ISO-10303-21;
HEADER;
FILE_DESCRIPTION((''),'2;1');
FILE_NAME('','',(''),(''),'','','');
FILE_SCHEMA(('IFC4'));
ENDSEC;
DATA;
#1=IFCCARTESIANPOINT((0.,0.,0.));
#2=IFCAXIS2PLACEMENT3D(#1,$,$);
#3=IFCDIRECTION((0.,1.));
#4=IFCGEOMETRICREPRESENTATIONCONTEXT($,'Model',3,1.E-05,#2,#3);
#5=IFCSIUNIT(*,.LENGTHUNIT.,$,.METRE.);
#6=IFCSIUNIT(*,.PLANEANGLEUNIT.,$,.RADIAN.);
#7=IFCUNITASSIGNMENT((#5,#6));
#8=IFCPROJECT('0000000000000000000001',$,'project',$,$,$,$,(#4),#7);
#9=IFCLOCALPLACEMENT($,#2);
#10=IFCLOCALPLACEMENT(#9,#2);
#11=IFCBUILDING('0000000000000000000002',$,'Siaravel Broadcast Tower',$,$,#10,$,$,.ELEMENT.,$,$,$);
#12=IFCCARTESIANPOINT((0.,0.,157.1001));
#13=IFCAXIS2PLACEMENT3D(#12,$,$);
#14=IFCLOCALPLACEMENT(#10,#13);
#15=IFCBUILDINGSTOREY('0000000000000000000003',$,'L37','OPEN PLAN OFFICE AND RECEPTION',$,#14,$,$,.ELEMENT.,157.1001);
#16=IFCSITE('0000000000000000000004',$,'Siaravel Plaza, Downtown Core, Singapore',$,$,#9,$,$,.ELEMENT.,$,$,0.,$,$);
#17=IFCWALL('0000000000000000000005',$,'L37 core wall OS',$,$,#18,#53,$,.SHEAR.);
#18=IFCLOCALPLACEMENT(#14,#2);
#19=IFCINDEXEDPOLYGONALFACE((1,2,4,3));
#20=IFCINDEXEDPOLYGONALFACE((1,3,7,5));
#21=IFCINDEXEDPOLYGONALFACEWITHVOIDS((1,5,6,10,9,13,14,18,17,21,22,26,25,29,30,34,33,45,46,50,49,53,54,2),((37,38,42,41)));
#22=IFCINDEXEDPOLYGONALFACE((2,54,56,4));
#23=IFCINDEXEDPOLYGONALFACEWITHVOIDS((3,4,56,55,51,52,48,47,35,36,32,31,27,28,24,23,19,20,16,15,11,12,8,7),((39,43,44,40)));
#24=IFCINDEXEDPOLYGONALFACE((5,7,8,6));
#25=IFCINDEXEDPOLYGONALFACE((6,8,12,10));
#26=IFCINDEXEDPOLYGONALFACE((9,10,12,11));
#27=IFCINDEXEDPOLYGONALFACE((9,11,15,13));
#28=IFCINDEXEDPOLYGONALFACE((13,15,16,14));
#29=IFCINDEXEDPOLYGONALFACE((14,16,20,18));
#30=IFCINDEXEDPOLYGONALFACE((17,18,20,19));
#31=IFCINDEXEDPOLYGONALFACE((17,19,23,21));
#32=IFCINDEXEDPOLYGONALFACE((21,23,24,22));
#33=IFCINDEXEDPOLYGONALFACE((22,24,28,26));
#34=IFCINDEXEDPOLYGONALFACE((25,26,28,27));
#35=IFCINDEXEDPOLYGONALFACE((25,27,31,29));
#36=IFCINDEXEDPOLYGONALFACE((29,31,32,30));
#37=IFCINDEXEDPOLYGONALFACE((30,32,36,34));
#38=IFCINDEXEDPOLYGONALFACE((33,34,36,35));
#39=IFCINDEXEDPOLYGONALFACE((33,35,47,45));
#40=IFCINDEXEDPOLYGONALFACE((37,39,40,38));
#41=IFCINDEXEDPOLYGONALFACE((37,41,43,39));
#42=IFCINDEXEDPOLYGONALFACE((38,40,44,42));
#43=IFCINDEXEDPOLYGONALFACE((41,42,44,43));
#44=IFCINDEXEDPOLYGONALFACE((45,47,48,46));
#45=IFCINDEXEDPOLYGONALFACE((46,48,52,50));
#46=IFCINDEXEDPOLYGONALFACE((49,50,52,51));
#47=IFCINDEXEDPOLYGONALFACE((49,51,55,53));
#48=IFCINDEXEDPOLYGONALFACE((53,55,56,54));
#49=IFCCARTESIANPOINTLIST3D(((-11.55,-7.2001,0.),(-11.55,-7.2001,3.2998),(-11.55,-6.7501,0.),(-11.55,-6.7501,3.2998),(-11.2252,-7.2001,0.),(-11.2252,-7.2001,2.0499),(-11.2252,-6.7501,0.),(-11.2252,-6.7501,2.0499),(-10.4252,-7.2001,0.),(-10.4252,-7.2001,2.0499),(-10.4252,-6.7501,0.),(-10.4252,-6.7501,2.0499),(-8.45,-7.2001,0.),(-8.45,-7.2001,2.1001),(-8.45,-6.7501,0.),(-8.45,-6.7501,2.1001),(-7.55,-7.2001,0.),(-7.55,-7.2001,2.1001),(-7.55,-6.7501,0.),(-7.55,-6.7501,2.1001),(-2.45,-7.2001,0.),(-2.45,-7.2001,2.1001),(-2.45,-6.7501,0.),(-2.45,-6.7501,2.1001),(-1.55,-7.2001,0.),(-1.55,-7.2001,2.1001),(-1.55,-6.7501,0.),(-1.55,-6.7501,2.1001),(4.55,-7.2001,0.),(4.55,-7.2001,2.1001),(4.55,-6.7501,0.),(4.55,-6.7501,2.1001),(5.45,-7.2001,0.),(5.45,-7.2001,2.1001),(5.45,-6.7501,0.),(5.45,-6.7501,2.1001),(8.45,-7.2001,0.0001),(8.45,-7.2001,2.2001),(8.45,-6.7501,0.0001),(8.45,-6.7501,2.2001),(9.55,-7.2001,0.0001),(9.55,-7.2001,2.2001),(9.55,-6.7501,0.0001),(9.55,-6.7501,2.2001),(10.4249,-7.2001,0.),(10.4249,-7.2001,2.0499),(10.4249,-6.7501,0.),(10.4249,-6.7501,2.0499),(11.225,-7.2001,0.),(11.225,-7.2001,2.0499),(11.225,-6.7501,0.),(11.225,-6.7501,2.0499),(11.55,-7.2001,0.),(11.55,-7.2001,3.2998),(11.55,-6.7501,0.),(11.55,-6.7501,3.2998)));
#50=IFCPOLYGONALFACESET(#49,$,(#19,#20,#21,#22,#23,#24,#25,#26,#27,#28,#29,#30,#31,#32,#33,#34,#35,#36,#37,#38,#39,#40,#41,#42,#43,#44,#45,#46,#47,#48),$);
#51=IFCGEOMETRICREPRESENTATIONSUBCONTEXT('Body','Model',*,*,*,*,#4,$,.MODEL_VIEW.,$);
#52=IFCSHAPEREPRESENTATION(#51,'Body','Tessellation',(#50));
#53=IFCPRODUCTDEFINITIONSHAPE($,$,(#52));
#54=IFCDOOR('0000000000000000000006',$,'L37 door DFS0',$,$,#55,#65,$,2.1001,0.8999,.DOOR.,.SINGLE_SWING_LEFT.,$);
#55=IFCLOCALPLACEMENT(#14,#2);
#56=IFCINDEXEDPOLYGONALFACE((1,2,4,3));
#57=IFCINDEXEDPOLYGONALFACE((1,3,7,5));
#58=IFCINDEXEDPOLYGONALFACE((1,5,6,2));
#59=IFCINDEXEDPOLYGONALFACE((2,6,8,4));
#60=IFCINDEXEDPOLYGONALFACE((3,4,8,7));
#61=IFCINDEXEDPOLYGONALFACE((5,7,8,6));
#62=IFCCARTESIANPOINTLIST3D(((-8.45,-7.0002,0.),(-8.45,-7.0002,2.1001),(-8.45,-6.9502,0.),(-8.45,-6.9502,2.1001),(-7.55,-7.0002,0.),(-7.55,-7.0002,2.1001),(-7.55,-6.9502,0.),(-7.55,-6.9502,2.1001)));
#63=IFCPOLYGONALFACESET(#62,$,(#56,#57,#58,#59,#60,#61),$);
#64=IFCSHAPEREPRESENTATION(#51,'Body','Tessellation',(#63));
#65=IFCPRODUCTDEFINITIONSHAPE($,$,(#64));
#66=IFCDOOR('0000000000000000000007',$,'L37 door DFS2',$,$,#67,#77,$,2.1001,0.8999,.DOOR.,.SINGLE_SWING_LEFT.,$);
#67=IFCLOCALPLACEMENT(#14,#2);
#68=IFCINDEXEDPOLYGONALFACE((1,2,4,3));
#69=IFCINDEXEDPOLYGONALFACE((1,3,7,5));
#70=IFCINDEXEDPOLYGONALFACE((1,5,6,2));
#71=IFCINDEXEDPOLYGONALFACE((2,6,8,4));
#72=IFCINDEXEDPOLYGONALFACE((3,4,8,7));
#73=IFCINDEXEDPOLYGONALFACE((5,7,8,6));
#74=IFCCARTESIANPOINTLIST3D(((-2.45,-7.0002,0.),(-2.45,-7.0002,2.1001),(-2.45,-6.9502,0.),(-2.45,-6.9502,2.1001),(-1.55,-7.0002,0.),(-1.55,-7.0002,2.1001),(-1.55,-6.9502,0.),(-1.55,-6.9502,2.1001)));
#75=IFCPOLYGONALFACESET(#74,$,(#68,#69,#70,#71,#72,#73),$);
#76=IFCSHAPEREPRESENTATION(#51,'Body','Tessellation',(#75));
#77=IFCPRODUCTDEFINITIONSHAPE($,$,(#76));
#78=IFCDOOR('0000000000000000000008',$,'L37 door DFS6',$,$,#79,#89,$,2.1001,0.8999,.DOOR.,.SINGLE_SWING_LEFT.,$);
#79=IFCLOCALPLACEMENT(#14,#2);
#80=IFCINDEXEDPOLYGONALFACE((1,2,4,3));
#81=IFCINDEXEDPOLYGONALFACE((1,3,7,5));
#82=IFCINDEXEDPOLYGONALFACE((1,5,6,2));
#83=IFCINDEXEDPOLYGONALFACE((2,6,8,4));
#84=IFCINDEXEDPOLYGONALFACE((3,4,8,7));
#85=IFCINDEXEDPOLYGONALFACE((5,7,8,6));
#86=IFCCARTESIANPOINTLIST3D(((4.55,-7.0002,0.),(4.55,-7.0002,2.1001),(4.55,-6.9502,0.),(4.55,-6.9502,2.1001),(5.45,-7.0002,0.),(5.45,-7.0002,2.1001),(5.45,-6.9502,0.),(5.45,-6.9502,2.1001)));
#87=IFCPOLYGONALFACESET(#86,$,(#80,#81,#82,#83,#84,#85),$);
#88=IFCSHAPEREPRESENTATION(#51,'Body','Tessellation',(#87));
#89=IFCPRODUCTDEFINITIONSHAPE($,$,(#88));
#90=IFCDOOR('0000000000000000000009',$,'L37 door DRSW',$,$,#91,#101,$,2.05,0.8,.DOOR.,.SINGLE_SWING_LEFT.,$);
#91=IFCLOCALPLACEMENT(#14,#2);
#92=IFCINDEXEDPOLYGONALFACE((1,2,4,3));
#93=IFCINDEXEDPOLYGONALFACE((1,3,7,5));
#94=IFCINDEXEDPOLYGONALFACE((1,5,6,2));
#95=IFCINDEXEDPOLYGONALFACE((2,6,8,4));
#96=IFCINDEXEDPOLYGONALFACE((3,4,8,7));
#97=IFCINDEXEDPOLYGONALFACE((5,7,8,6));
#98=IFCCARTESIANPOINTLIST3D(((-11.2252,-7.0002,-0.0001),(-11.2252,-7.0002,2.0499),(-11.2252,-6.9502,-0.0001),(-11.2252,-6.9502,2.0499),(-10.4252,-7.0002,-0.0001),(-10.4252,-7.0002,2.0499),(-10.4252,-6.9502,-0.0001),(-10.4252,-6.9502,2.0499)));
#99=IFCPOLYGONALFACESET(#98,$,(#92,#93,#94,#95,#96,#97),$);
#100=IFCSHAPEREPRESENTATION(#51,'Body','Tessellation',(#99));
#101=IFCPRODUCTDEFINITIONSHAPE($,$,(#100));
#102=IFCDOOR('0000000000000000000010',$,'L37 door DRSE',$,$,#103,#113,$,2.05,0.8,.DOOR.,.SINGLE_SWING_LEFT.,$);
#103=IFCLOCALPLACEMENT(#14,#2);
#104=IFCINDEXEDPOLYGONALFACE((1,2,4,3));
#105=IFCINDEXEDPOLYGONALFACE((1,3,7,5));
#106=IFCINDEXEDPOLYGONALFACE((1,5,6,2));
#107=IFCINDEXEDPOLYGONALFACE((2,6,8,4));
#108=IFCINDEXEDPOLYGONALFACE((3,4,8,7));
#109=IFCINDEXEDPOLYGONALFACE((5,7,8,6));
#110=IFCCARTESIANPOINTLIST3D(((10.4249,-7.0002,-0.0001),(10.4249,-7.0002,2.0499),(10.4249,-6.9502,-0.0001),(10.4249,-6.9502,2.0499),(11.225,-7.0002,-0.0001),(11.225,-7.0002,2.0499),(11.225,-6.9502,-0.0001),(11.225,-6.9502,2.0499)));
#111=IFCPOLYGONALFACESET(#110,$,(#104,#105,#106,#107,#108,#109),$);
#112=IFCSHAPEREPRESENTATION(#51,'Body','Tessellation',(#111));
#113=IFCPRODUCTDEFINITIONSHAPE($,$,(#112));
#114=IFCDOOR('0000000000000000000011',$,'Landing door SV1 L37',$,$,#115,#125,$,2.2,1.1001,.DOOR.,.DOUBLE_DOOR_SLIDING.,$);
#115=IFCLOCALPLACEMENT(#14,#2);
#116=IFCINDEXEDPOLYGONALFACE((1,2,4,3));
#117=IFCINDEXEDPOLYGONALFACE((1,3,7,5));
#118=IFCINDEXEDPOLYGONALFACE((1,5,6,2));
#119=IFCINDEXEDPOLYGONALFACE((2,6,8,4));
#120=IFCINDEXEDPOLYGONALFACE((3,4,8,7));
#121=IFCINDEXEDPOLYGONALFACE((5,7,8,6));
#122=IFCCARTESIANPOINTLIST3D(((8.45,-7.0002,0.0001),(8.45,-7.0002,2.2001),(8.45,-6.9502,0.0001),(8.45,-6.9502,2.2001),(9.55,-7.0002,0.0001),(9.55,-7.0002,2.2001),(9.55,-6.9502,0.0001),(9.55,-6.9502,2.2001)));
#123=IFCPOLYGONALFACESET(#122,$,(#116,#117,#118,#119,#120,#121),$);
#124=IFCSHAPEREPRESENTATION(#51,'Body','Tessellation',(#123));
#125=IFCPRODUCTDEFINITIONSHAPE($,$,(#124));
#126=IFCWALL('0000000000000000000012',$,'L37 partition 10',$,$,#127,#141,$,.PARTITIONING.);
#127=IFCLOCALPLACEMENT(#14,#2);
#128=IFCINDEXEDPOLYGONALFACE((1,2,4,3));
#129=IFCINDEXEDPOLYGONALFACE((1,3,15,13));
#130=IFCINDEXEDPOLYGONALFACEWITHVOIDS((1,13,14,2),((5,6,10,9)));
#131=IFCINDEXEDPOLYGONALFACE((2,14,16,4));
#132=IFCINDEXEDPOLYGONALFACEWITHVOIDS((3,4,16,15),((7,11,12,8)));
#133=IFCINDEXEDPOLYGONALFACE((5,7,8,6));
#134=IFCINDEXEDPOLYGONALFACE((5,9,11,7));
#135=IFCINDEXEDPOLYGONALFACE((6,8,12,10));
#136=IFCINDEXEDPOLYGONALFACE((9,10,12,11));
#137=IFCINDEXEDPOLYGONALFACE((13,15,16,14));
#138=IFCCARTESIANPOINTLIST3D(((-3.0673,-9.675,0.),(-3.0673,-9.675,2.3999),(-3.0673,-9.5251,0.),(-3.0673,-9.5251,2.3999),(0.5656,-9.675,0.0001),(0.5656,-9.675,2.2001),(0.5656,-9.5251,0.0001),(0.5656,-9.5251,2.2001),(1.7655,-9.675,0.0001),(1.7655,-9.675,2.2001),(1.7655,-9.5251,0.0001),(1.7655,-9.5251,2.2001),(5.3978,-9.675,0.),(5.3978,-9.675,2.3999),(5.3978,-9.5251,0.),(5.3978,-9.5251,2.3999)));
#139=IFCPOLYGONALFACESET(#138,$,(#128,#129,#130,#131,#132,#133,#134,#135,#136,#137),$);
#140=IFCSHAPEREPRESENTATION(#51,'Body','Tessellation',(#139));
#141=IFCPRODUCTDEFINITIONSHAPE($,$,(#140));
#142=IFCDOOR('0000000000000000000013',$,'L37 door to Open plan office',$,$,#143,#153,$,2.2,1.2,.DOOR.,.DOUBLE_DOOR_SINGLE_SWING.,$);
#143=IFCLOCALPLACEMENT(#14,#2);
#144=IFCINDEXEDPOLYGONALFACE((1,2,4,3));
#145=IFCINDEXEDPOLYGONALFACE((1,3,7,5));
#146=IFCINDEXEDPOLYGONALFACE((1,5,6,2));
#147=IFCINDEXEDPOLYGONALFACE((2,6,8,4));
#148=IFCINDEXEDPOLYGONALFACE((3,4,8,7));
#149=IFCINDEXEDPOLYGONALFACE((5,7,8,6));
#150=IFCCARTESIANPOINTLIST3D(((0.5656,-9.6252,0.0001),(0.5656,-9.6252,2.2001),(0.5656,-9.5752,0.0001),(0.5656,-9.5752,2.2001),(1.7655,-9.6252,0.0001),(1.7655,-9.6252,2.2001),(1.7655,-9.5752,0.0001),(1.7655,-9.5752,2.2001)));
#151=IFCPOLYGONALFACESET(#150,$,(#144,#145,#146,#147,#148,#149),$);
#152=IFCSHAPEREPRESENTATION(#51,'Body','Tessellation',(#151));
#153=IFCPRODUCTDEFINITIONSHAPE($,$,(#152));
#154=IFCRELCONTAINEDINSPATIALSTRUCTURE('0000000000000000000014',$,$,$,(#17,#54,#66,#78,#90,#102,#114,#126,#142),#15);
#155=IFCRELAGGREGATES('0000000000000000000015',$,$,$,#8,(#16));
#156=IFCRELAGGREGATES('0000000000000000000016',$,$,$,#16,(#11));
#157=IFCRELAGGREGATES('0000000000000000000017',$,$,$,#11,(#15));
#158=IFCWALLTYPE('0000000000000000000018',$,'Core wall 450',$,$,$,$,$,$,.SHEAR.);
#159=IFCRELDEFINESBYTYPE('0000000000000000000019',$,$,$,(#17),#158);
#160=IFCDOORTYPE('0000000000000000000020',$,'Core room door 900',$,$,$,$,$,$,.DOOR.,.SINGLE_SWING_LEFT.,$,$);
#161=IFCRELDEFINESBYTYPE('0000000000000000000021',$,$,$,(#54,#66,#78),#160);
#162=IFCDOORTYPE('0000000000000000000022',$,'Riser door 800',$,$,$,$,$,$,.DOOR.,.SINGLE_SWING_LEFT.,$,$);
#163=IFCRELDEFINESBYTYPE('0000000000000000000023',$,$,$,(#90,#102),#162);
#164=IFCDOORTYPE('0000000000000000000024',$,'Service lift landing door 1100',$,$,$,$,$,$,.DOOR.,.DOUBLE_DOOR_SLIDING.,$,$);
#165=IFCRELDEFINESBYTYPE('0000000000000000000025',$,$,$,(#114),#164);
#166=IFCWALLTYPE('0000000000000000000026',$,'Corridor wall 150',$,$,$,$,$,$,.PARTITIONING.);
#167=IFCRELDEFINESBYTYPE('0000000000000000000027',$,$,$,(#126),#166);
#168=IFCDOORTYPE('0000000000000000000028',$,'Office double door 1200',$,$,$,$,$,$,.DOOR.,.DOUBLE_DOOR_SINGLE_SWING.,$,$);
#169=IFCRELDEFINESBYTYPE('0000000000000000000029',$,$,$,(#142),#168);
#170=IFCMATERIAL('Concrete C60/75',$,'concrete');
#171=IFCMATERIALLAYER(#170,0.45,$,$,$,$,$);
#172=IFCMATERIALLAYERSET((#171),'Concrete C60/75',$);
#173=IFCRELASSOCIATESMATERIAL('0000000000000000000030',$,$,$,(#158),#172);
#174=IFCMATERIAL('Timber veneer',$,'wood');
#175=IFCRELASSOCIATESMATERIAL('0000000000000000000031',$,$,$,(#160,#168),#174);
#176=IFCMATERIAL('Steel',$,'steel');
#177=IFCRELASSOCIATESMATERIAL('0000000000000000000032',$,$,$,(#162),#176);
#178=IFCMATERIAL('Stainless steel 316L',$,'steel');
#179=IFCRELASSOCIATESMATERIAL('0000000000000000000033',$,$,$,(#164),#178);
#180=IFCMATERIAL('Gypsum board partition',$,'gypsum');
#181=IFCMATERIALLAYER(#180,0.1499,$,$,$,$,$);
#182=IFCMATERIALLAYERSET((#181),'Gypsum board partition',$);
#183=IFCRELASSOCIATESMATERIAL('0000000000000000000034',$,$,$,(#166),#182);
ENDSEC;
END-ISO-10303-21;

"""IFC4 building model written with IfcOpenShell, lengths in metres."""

from ifc_helpers import new_model, si_unit, direction, frame, frame_2d, origin, place, context, subcontext, project, spatial, rectangle, extrude, material, layer, layer_set, type_object, element, fill, save


model = new_model("IFC4")

# Units and contexts
model_context = context("Model", 3, precision=1e-05, world=origin(), true_north=direction((0.0, 1.0)))
body_context = subcontext(model_context, "Body", "Model", "MODEL_VIEW")
ifc_project = project(units=[si_unit("LENGTHUNIT", "METRE"), si_unit("PLANEANGLEUNIT", "RADIAN")], contexts=[model_context])

# Site, building, storey
site_placement = place(None, origin())
site = spatial("IfcSite", under=ifc_project, at=site_placement, Name="Siaravel Plaza, Downtown Core, Singapore", CompositionType="ELEMENT", RefElevation=0.0)
building_placement = place(site_placement, origin())
building = spatial("IfcBuilding", under=site, at=building_placement, Name="Siaravel Broadcast Tower", CompositionType="ELEMENT")
storey_placement = place(building_placement, frame((0.0, 0.0, 157.1001)))
storey = spatial("IfcBuildingStorey", under=building, at=storey_placement, Name="L37", Description="OPEN PLAN OFFICE AND RECEPTION", CompositionType="ELEMENT", Elevation=157.1001)

# Shared definitions
ifc_material_1 = material(Name="Concrete C60/75", Category="concrete")

# Shared definitions
ifc_layer_1 = layer(ifc_material_1, 0.45)
ifc_layer_set_1 = layer_set([ifc_layer_1], Name="Concrete C60/75")
wall_type_1 = type_object("IfcWallType", Name="Core wall 450", PredefinedType="SHEAR", material=ifc_layer_set_1)
ifc_material_2 = material(Name="Steel", Category="steel")

# Wall, openings, doors
wall_1_placement = place(storey_placement, frame((-11.55, -6.9751, 0.0), z_axis=(0.0, 0.0, 1.0), x_axis=(1.0, 0.0, 0.0)))
wall_1 = element("IfcWall", 1, at=wall_1_placement, inside=storey, type_object=wall_type_1, Name="L37 core wall OS", PredefinedType="SHEAR", context=body_context, shape_type="SweptSolid", body=[
    extrude(rectangle(XDim=23.1001, YDim=0.45, at=frame_2d((11.55, 0.0))), origin(), (0.0, 0.0, 1.0), 3.2998),
])
opening_1_placement = place(wall_1_placement, frame((20.0, 0.0, 0.0)))
opening_1 = element("IfcOpeningElement", 2, at=opening_1_placement, cuts=wall_1, PredefinedType="OPENING", context=body_context, shape_type="SweptSolid", body=[
    extrude(rectangle(XDim=1.1001, YDim=2.2, at=frame_2d((0.55, 1.1001))), frame((0.0, 0.2349, 0.0), z_axis=(0.0, -1.0, 0.0), x_axis=(1.0, 0.0, 0.0)), (0.0, 0.0, 1.0), 0.47),
])
opening_2_placement = place(wall_1_placement, frame((3.1001, 0.0, 0.0)))
opening_2 = element("IfcOpeningElement", 3, at=opening_2_placement, cuts=wall_1, PredefinedType="OPENING", context=body_context, shape_type="SweptSolid", body=[
    extrude(rectangle(XDim=0.8999, YDim=2.1001, at=frame_2d((0.45, 1.05))), frame((0.0, 0.2349, 0.0), z_axis=(0.0, -1.0, 0.0), x_axis=(1.0, 0.0, 0.0)), (0.0, 0.0, 1.0), 0.47),
])
opening_3_placement = place(wall_1_placement, frame((9.1001, 0.0, 0.0)))
opening_3 = element("IfcOpeningElement", 4, at=opening_3_placement, cuts=wall_1, PredefinedType="OPENING", context=body_context, shape_type="SweptSolid", body=[
    extrude(rectangle(XDim=0.8999, YDim=2.1001, at=frame_2d((0.45, 1.05))), frame((0.0, 0.2349, 0.0), z_axis=(0.0, -1.0, 0.0), x_axis=(1.0, 0.0, 0.0)), (0.0, 0.0, 1.0), 0.47),
])
opening_4_placement = place(wall_1_placement, frame((16.1001, 0.0, 0.0)))
opening_4 = element("IfcOpeningElement", 5, at=opening_4_placement, cuts=wall_1, PredefinedType="OPENING", context=body_context, shape_type="SweptSolid", body=[
    extrude(rectangle(XDim=0.8999, YDim=2.1001, at=frame_2d((0.45, 1.05))), frame((0.0, 0.2349, 0.0), z_axis=(0.0, -1.0, 0.0), x_axis=(1.0, 0.0, 0.0)), (0.0, 0.0, 1.0), 0.47),
])
opening_5_placement = place(wall_1_placement, frame((0.325, 0.0, 0.0)))
opening_5 = element("IfcOpeningElement", 6, at=opening_5_placement, cuts=wall_1, PredefinedType="OPENING", context=body_context, shape_type="SweptSolid", body=[
    extrude(rectangle(XDim=0.8, YDim=2.05, at=frame_2d((0.3999, 1.0249))), frame((0.0, 0.2349, 0.0), z_axis=(0.0, -1.0, 0.0), x_axis=(1.0, 0.0, 0.0)), (0.0, 0.0, 1.0), 0.47),
])
opening_6_placement = place(wall_1_placement, frame((21.9751, 0.0, 0.0)))
opening_6 = element("IfcOpeningElement", 7, at=opening_6_placement, cuts=wall_1, PredefinedType="OPENING", context=body_context, shape_type="SweptSolid", body=[
    extrude(rectangle(XDim=0.8, YDim=2.05, at=frame_2d((0.3999, 1.0249))), frame((0.0, 0.2349, 0.0), z_axis=(0.0, -1.0, 0.0), x_axis=(1.0, 0.0, 0.0)), (0.0, 0.0, 1.0), 0.47),
])
ifc_material_3 = material(Name="Timber veneer", Category="wood")
door_type_1 = type_object("IfcDoorType", Name="Core room door 900", OperationType="SINGLE_SWING_LEFT", PredefinedType="DOOR", material=ifc_material_3)
door_1_placement = place(opening_2_placement, origin())
door_1 = element("IfcDoor", 8, at=door_1_placement, inside=storey, type_object=door_type_1, Name="L37 door DFS0", OperationType="SINGLE_SWING_LEFT", OverallHeight=2.1001, OverallWidth=0.8999, PredefinedType="DOOR", context=body_context, shape_type="SweptSolid", body=[
    extrude(rectangle(XDim=0.8999, YDim=2.1001, at=frame_2d((0.45, 1.05))), frame((0.0, 0.0249, 0.0), z_axis=(0.0, -1.0, 0.0), x_axis=(1.0, 0.0, 0.0)), (0.0, 0.0, 1.0), 0.05),
])
fill(opening_2, door_1)
door_2_placement = place(opening_3_placement, origin())
door_2 = element("IfcDoor", 9, at=door_2_placement, inside=storey, type_object=door_type_1, Name="L37 door DFS2", OperationType="SINGLE_SWING_LEFT", OverallHeight=2.1001, OverallWidth=0.8999, PredefinedType="DOOR", context=body_context, shape_type="SweptSolid", body=[
    extrude(rectangle(XDim=0.8999, YDim=2.1001, at=frame_2d((0.45, 1.05))), frame((0.0, 0.0249, 0.0), z_axis=(0.0, -1.0, 0.0), x_axis=(1.0, 0.0, 0.0)), (0.0, 0.0, 1.0), 0.05),
])
fill(opening_3, door_2)
door_3_placement = place(opening_4_placement, origin())
door_3 = element("IfcDoor", 10, at=door_3_placement, inside=storey, type_object=door_type_1, Name="L37 door DFS6", OperationType="SINGLE_SWING_LEFT", OverallHeight=2.1001, OverallWidth=0.8999, PredefinedType="DOOR", context=body_context, shape_type="SweptSolid", body=[
    extrude(rectangle(XDim=0.8999, YDim=2.1001, at=frame_2d((0.45, 1.05))), frame((0.0, 0.0249, 0.0), z_axis=(0.0, -1.0, 0.0), x_axis=(1.0, 0.0, 0.0)), (0.0, 0.0, 1.0), 0.05),
])
fill(opening_4, door_3)
door_type_2 = type_object("IfcDoorType", Name="Riser door 800", OperationType="SINGLE_SWING_LEFT", PredefinedType="DOOR", material=ifc_material_2)
door_4_placement = place(opening_5_placement, origin())
door_4 = element("IfcDoor", 11, at=door_4_placement, inside=storey, type_object=door_type_2, Name="L37 door DRSW", OperationType="SINGLE_SWING_LEFT", OverallHeight=2.05, OverallWidth=0.8, PredefinedType="DOOR", context=body_context, shape_type="SweptSolid", body=[
    extrude(rectangle(XDim=0.8, YDim=2.05, at=frame_2d((0.3999, 1.0249))), frame((0.0, 0.0249, 0.0), z_axis=(0.0, -1.0, 0.0), x_axis=(1.0, 0.0, 0.0)), (0.0, 0.0, 1.0), 0.05),
])
fill(opening_5, door_4)
door_5_placement = place(opening_6_placement, origin())
door_5 = element("IfcDoor", 12, at=door_5_placement, inside=storey, type_object=door_type_2, Name="L37 door DRSE", OperationType="SINGLE_SWING_LEFT", OverallHeight=2.05, OverallWidth=0.8, PredefinedType="DOOR", context=body_context, shape_type="SweptSolid", body=[
    extrude(rectangle(XDim=0.8, YDim=2.05, at=frame_2d((0.3999, 1.0249))), frame((0.0, 0.0249, 0.0), z_axis=(0.0, -1.0, 0.0), x_axis=(1.0, 0.0, 0.0)), (0.0, 0.0, 1.0), 0.05),
])
fill(opening_6, door_5)
ifc_material_4 = material(Name="Stainless steel 316L", Category="steel")
door_type_3 = type_object("IfcDoorType", Name="Service lift landing door 1100", OperationType="DOUBLE_DOOR_SLIDING", PredefinedType="DOOR", material=ifc_material_4)
door_6_placement = place(opening_1_placement, origin())
door_6 = element("IfcDoor", 13, at=door_6_placement, inside=storey, type_object=door_type_3, Name="Landing door SV1 L37", OperationType="DOUBLE_DOOR_SLIDING", OverallHeight=2.2, OverallWidth=1.1001, PredefinedType="DOOR", context=body_context, shape_type="SweptSolid", body=[
    extrude(rectangle(XDim=1.1001, YDim=2.2, at=frame_2d((0.55, 1.1001))), frame((0.0, 0.0249, 0.0), z_axis=(0.0, -1.0, 0.0), x_axis=(1.0, 0.0, 0.0)), (0.0, 0.0, 1.0), 0.05),
])
fill(opening_1, door_6)

# Wall, opening, door
ifc_material_5 = material(Name="Gypsum board partition", Category="gypsum")
ifc_layer_2 = layer(ifc_material_5, 0.1499)
ifc_layer_set_2 = layer_set([ifc_layer_2], Name="Gypsum board partition")
wall_type_2 = type_object("IfcWallType", Name="Corridor wall 150", PredefinedType="PARTITIONING", material=ifc_layer_set_2)
wall_2_placement = place(storey_placement, frame((-3.0671, -9.6001, 0.0), z_axis=(0.0, 0.0, 1.0), x_axis=(1.0, 0.0, 0.0)))
wall_2 = element("IfcWall", 14, at=wall_2_placement, inside=storey, type_object=wall_type_2, Name="L37 partition 10", PredefinedType="PARTITIONING", context=body_context, shape_type="SweptSolid", body=[
    extrude(rectangle(XDim=8.4651, YDim=0.1499, at=frame_2d((4.2324, 0.0))), origin(), (0.0, 0.0, 1.0), 2.3999),
])
opening_7_placement = place(wall_2_placement, frame((3.6326, 0.0, 0.0)))
opening_7 = element("IfcOpeningElement", 15, at=opening_7_placement, cuts=wall_2, PredefinedType="OPENING", context=body_context, shape_type="SweptSolid", body=[
    extrude(rectangle(XDim=1.2, YDim=2.2, at=frame_2d((0.6001, 1.1001))), frame((0.0, 0.085, 0.0), z_axis=(0.0, -1.0, 0.0), x_axis=(1.0, 0.0, 0.0)), (0.0, 0.0, 1.0), 0.1699),
])
door_type_4 = type_object("IfcDoorType", Name="Office double door 1200", OperationType="DOUBLE_DOOR_SINGLE_SWING", PredefinedType="DOOR", material=ifc_material_3)
door_7_placement = place(opening_7_placement, origin())
door_7 = element("IfcDoor", 16, at=door_7_placement, inside=storey, type_object=door_type_4, Name="L37 door to Open plan office", OperationType="DOUBLE_DOOR_SINGLE_SWING", OverallHeight=2.2, OverallWidth=1.2, PredefinedType="DOOR", context=body_context, shape_type="SweptSolid", body=[
    extrude(rectangle(XDim=1.2, YDim=2.2, at=frame_2d((0.6001, 1.1001))), frame((0.0, 0.0249, 0.0), z_axis=(0.0, -1.0, 0.0), x_axis=(1.0, 0.0, 0.0)), (0.0, 0.0, 1.0), 0.05),
])
fill(opening_7, door_7)

save(model, "model.ifc")
